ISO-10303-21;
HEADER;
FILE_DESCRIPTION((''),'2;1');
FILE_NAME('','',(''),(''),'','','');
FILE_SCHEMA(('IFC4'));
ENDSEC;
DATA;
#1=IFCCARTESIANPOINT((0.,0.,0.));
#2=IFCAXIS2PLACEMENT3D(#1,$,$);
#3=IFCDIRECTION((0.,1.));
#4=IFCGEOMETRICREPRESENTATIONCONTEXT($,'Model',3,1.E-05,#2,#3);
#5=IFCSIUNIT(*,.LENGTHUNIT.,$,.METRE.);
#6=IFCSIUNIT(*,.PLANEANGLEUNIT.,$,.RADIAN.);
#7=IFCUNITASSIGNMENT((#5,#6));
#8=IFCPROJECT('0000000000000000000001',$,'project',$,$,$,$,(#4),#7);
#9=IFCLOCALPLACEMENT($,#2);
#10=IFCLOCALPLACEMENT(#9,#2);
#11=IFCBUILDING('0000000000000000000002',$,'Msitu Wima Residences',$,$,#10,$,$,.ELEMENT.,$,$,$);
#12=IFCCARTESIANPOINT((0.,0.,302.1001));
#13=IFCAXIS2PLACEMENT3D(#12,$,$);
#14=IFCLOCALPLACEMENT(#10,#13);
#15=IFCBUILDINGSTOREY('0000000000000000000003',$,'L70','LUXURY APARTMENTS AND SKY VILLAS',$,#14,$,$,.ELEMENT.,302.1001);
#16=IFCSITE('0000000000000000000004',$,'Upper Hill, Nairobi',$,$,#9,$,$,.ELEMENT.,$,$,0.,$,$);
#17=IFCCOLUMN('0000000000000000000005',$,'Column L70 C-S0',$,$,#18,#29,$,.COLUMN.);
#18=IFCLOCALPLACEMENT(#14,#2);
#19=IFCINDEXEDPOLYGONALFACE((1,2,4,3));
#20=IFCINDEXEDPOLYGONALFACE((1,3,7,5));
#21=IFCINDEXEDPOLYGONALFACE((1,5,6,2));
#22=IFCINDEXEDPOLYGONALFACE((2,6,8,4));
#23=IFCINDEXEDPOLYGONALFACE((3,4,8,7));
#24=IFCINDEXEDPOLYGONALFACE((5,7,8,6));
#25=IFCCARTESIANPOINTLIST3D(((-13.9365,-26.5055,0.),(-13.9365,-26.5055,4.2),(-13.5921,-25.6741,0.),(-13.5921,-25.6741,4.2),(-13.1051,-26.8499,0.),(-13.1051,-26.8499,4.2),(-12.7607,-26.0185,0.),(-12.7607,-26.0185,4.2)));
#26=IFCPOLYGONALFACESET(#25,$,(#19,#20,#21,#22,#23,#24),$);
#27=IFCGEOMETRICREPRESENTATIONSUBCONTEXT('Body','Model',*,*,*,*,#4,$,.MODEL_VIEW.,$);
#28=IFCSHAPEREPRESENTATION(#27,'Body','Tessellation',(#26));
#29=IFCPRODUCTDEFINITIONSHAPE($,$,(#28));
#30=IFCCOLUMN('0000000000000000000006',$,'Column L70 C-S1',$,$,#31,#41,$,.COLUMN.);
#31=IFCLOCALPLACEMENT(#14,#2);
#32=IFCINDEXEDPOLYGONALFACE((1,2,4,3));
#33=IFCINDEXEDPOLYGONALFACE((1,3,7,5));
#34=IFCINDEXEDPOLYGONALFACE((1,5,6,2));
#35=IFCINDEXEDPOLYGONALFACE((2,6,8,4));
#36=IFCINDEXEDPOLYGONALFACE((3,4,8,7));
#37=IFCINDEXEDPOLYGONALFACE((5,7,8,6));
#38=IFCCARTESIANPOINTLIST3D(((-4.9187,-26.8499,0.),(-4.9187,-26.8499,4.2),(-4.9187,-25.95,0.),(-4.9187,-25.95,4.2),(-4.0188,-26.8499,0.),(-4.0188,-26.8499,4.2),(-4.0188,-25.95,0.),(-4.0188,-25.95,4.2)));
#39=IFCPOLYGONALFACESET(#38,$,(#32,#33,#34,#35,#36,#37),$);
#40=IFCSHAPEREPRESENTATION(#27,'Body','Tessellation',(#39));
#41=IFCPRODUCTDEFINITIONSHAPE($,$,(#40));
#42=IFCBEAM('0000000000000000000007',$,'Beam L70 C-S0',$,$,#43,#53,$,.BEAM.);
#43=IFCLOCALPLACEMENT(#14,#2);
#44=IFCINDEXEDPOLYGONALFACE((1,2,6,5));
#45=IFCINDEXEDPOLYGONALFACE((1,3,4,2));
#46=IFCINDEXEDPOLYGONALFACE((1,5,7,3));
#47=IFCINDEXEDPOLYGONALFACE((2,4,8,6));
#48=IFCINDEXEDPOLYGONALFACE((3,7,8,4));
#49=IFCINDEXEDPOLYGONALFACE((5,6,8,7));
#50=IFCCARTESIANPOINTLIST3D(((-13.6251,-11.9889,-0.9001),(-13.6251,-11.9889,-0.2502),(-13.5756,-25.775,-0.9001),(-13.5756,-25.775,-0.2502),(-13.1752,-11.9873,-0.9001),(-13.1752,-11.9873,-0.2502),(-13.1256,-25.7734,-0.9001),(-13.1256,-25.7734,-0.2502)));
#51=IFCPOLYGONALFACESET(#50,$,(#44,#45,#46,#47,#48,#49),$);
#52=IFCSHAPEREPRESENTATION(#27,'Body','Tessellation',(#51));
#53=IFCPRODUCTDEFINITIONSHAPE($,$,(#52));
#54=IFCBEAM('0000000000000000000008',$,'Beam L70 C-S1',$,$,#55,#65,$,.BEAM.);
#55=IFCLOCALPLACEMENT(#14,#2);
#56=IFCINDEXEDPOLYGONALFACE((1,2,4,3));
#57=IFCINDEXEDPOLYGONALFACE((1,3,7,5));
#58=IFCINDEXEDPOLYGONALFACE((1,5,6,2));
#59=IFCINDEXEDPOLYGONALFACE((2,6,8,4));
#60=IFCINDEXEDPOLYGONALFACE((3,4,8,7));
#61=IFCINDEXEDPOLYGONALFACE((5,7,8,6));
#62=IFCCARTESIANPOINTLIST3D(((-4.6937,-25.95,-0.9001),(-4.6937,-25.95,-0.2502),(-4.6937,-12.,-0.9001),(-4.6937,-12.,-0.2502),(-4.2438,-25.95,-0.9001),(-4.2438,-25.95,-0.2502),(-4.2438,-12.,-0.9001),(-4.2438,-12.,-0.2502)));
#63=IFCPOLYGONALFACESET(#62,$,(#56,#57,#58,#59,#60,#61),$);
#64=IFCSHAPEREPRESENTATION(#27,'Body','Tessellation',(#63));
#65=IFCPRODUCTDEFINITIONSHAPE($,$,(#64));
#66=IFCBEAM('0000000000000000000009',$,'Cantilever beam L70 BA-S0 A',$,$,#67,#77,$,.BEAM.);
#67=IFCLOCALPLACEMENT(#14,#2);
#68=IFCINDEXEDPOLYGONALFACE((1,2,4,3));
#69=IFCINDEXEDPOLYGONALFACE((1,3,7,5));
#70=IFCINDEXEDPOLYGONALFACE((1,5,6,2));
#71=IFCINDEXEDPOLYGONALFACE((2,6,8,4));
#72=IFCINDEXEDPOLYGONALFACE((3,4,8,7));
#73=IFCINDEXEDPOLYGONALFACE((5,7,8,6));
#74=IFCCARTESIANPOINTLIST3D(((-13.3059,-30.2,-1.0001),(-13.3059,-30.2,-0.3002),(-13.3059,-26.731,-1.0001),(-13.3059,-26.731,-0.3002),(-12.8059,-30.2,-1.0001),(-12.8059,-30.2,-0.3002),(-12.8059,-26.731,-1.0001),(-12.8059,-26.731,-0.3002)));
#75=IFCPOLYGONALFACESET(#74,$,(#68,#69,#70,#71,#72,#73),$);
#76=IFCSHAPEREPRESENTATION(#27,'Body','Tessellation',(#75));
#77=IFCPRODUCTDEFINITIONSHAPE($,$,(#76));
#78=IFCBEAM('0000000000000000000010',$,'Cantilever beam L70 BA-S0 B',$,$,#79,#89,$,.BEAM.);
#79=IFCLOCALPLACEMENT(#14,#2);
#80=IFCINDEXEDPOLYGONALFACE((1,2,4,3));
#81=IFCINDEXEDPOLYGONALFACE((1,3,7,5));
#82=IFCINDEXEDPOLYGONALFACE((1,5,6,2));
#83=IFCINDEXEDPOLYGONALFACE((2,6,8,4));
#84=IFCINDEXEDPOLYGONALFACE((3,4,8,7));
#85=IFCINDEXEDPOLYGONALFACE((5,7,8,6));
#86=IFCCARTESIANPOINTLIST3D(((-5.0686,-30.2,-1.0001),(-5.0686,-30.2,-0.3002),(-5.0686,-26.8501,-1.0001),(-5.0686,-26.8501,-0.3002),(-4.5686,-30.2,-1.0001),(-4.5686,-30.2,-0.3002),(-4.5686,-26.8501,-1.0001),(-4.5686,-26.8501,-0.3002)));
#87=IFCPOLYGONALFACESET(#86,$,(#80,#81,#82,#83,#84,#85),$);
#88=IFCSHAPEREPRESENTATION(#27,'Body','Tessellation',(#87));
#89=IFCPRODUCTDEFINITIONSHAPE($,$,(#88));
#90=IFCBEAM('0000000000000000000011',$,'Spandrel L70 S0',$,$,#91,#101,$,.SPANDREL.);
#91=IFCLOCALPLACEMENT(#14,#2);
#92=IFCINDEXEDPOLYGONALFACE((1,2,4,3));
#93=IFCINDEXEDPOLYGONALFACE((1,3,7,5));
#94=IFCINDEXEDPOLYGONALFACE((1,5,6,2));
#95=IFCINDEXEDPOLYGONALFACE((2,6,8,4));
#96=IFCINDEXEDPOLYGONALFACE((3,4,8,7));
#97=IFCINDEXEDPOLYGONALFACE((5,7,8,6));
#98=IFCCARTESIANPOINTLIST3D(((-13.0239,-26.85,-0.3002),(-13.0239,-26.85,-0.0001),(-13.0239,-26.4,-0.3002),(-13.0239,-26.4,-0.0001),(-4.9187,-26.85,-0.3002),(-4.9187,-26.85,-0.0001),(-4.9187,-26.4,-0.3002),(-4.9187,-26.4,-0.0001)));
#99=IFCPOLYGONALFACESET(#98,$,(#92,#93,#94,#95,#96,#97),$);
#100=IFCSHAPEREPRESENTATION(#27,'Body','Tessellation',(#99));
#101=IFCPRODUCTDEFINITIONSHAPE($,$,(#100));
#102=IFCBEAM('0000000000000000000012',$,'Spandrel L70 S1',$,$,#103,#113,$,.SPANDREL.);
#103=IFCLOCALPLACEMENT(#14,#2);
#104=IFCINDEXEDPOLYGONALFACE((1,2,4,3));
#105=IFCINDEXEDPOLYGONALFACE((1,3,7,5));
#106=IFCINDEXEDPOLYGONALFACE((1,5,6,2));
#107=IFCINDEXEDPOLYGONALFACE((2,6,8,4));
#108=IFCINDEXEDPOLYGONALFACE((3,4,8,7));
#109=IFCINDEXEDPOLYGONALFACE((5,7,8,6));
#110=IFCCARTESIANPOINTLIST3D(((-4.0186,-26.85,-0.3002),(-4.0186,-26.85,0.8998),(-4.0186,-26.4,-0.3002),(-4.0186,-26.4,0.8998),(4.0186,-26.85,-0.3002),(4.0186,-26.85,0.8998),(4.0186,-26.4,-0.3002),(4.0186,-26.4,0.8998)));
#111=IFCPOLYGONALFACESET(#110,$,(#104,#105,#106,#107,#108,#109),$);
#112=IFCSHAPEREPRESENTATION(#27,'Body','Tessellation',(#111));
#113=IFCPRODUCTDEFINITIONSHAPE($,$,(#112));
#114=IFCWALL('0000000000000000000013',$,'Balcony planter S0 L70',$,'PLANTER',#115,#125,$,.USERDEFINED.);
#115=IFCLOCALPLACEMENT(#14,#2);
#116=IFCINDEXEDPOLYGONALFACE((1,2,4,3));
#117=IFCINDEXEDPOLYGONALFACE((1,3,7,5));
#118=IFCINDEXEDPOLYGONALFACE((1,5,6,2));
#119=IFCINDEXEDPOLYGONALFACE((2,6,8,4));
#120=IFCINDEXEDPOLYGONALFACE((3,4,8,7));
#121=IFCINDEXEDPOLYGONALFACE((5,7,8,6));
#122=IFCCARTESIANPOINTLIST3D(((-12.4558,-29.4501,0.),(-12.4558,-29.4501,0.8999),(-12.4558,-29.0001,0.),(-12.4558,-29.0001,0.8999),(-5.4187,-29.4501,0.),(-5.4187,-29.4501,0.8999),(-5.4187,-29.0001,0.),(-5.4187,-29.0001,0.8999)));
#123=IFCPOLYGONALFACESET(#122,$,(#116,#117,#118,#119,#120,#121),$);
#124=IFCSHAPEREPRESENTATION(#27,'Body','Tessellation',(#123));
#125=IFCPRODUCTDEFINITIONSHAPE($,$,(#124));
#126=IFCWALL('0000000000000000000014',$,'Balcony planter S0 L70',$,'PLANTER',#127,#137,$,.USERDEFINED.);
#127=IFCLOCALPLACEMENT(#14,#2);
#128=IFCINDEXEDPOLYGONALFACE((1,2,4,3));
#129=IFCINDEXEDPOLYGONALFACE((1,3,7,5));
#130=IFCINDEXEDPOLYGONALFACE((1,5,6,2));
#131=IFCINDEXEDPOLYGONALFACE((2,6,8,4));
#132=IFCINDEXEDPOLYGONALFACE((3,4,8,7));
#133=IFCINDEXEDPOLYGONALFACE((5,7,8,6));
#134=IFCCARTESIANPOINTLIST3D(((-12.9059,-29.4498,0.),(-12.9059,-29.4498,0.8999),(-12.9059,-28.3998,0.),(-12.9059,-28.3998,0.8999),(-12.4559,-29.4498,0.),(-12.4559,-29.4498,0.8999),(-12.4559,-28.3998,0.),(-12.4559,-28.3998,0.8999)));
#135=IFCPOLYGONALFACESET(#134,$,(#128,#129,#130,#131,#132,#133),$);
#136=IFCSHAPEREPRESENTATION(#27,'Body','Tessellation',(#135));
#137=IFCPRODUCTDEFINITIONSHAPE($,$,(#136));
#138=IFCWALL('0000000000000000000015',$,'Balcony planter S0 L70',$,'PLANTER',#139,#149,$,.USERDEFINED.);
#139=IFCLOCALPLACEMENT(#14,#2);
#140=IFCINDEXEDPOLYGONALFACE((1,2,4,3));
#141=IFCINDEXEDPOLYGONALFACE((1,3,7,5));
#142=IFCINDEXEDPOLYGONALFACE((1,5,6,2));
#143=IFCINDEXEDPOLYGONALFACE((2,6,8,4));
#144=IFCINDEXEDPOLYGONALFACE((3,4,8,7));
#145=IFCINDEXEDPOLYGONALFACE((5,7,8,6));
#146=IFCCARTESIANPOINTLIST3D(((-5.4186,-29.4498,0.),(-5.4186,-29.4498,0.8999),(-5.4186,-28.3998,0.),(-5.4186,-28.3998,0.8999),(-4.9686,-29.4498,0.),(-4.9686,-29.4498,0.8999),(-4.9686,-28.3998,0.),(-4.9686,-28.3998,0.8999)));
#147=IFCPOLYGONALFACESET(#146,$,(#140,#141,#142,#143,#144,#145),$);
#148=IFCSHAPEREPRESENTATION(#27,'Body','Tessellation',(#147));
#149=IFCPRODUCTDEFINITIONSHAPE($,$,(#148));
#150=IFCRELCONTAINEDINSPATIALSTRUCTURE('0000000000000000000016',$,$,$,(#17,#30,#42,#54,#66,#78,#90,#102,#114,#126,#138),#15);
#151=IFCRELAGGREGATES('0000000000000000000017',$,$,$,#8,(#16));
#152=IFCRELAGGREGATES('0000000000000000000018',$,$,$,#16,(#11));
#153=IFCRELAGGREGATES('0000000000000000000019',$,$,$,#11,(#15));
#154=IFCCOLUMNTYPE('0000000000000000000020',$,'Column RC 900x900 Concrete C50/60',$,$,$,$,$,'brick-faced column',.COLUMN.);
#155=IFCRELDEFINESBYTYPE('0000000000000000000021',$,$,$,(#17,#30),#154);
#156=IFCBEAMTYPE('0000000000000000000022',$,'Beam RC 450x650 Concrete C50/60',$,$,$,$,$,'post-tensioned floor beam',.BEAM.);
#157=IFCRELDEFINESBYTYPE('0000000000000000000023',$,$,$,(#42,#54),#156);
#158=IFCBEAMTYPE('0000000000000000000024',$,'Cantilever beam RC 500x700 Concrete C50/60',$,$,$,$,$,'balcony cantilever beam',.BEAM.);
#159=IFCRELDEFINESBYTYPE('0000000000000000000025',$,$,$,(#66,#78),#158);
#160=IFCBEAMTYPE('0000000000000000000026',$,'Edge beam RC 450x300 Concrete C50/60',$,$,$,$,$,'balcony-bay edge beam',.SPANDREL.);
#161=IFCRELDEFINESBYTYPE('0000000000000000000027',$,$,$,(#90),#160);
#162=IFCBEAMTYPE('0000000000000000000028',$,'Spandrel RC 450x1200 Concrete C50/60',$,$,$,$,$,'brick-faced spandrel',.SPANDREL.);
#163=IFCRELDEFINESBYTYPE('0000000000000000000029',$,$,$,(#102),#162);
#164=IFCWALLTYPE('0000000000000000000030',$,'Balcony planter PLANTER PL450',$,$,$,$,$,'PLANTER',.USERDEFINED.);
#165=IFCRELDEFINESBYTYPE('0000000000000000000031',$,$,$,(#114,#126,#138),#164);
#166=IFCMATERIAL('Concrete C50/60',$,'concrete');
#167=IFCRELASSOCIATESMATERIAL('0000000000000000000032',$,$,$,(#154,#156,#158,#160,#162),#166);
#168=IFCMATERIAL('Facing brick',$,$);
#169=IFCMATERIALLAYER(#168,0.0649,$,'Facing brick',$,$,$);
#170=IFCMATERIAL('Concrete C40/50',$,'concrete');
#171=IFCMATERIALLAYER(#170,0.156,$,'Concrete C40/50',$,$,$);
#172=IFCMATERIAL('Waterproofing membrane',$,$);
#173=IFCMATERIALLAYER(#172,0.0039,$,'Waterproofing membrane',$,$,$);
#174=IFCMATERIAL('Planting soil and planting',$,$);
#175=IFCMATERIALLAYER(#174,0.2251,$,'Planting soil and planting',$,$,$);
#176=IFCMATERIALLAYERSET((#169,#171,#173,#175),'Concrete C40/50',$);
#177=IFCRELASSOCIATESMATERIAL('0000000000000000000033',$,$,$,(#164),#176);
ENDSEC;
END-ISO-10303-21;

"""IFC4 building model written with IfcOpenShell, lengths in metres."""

from ifc_helpers import new_model, si_unit, direction, frame, frame_2d, origin, origin_2d, place, context, subcontext, project, spatial, rectangle, extrude, material, layer, layer_set, material_profile, profile_set, type_object, element, save


model = new_model("IFC4")

# Units and contexts
model_context = context("Model", 3, precision=1e-05, world=origin(), true_north=direction((0.0, 1.0)))
body_context = subcontext(model_context, "Body", "Model", "MODEL_VIEW")
ifc_project = project(units=[si_unit("LENGTHUNIT", "METRE"), si_unit("PLANEANGLEUNIT", "RADIAN")], contexts=[model_context])

# Site, building, storey
site_placement = place(None, origin())
site = spatial("IfcSite", under=ifc_project, at=site_placement, Name="Upper Hill, Nairobi", CompositionType="ELEMENT", RefElevation=0.0)
building_placement = place(site_placement, origin())
building = spatial("IfcBuilding", under=site, at=building_placement, Name="Msitu Wima Residences", CompositionType="ELEMENT")
storey_placement = place(building_placement, frame((0.0, 0.0, 302.1001)))
storey = spatial("IfcBuildingStorey", under=building, at=storey_placement, Name="L70", Description="LUXURY APARTMENTS AND SKY VILLAS", CompositionType="ELEMENT", Elevation=302.1001)

# Columns
ifc_material_1 = material(Name="Concrete C50/60", Category="concrete")
ifc_material_profile_1 = material_profile(ifc_material_1, rectangle(XDim=0.8999, YDim=0.8999, at=origin_2d()), Name="RC 900x900")
ifc_profile_set_1 = profile_set([ifc_material_profile_1], Name="Concrete C50/60")
column_type = type_object("IfcColumnType", Name="Column RC 900x900 Concrete C50/60", ElementType="brick-faced column", PredefinedType="COLUMN", material=ifc_profile_set_1)
for number, where, z_axis, x_axis, name in (
    (1, (-13.3486, -26.262, 0.0), (0.0, 0.0, 1.0), (0.92388, -0.382683, 0.0), "Column L70 C-S0"),
    (2, (-4.4688, -26.3999, 0.0), (0.0, 0.0, 1.0), (1.0, 0.0, 0.0), "Column L70 C-S1"),
):
    element("IfcColumn", number, at=place(storey_placement, frame(where, z_axis=z_axis, x_axis=x_axis)), inside=storey, type_object=column_type, Name=name, PredefinedType="COLUMN", context=body_context, shape_type="SweptSolid", body=[
        extrude(rectangle(XDim=0.8999, YDim=0.8999, at=origin_2d()), origin(), (0.0, 0.0, 1.0), 4.2),
    ])

# Beams
ifc_material_profile_2 = material_profile(ifc_material_1, rectangle(XDim=0.45, YDim=0.6499, at=origin_2d()), Name="RC 450x650")
ifc_profile_set_2 = profile_set([ifc_material_profile_2], Name="Concrete C50/60")
beam_type_1 = type_object("IfcBeamType", Name="Beam RC 450x650 Concrete C50/60", ElementType="post-tensioned floor beam", PredefinedType="BEAM", material=ifc_profile_set_2)
beam_1_placement = place(storey_placement, frame((-13.3506, -25.7742, -0.5752), z_axis=(-0.003595, 0.999994, 0.0), x_axis=(-0.999994, -0.003595, 0.0)))
element("IfcBeam", 3, at=beam_1_placement, inside=storey, type_object=beam_type_1, Name="Beam L70 C-S0", PredefinedType="BEAM", context=body_context, shape_type="SweptSolid", body=[
    extrude(rectangle(XDim=0.45, YDim=0.6499, at=origin_2d()), origin(), (0.0, 0.0, 1.0), 13.7861),
])
beam_2_placement = place(storey_placement, frame((-4.4688, -25.95, -0.5752), z_axis=(0.0, 1.0, 0.0), x_axis=(-1.0, 0.0, 0.0)))
element("IfcBeam", 4, at=beam_2_placement, inside=storey, type_object=beam_type_1, Name="Beam L70 C-S1", PredefinedType="BEAM", context=body_context, shape_type="SweptSolid", body=[
    extrude(rectangle(XDim=0.45, YDim=0.6499, at=origin_2d()), origin(), (0.0, 0.0, 1.0), 13.95),
])
ifc_material_profile_3 = material_profile(ifc_material_1, rectangle(XDim=0.5, YDim=0.7, at=origin_2d()), Name="RC 500x700")
ifc_profile_set_3 = profile_set([ifc_material_profile_3], Name="Concrete C50/60")
beam_type_2 = type_object("IfcBeamType", Name="Cantilever beam RC 500x700 Concrete C50/60", ElementType="balcony cantilever beam", PredefinedType="BEAM", material=ifc_profile_set_3)
beam_3_placement = place(storey_placement, frame((-13.0559, -26.731, -0.6501), z_axis=(0.0, -1.0, 0.0), x_axis=(1.0, 0.0, 0.0)))
element("IfcBeam", 5, at=beam_3_placement, inside=storey, type_object=beam_type_2, Name="Cantilever beam L70 BA-S0 A", PredefinedType="BEAM", context=body_context, shape_type="SweptSolid", body=[
    extrude(rectangle(XDim=0.5, YDim=0.7, at=origin_2d()), origin(), (0.0, 0.0, 1.0), 3.469),
])
beam_4_placement = place(storey_placement, frame((-4.8186, -26.8501, -0.6501), z_axis=(0.0, -1.0, 0.0), x_axis=(1.0, 0.0, 0.0)))
element("IfcBeam", 6, at=beam_4_placement, inside=storey, type_object=beam_type_2, Name="Cantilever beam L70 BA-S0 B", PredefinedType="BEAM", context=body_context, shape_type="SweptSolid", body=[
    extrude(rectangle(XDim=0.5, YDim=0.7, at=origin_2d()), origin(), (0.0, 0.0, 1.0), 3.3499),
])
ifc_material_profile_4 = material_profile(ifc_material_1, rectangle(XDim=0.45, YDim=0.3, at=origin_2d()), Name="RC 450x300")
ifc_profile_set_4 = profile_set([ifc_material_profile_4], Name="Concrete C50/60")
beam_type_3 = type_object("IfcBeamType", Name="Edge beam RC 450x300 Concrete C50/60", ElementType="balcony-bay edge beam", PredefinedType="SPANDREL", material=ifc_profile_set_4)
beam_5_placement = place(storey_placement, frame((-13.0239, -26.625, -0.1501), z_axis=(1.0, 0.0, 0.0), x_axis=(0.0, 1.0, 0.0)))
element("IfcBeam", 7, at=beam_5_placement, inside=storey, type_object=beam_type_3, Name="Spandrel L70 S0", PredefinedType="SPANDREL", context=body_context, shape_type="SweptSolid", body=[
    extrude(rectangle(XDim=0.45, YDim=0.3, at=origin_2d()), origin(), (0.0, 0.0, 1.0), 8.1052),
])
ifc_material_profile_5 = material_profile(ifc_material_1, rectangle(XDim=0.45, YDim=1.2, at=origin_2d()), Name="RC 450x1200")
ifc_profile_set_5 = profile_set([ifc_material_profile_5], Name="Concrete C50/60")
beam_type_4 = type_object("IfcBeamType", Name="Spandrel RC 450x1200 Concrete C50/60", ElementType="brick-faced spandrel", PredefinedType="SPANDREL", material=ifc_profile_set_5)
beam_6_placement = place(storey_placement, frame((-4.0186, -26.625, 0.2998), z_axis=(1.0, 0.0, 0.0), x_axis=(0.0, 1.0, 0.0)))
element("IfcBeam", 8, at=beam_6_placement, inside=storey, type_object=beam_type_4, Name="Spandrel L70 S1", PredefinedType="SPANDREL", context=body_context, shape_type="SweptSolid", body=[
    extrude(rectangle(XDim=0.45, YDim=1.2, at=origin_2d()), origin(), (0.0, 0.0, 1.0), 8.0371),
])

# Walls
ifc_material_2 = material(Name="Facing brick")
ifc_layer_1 = layer(ifc_material_2, 0.0649, Name="Facing brick")
ifc_material_3 = material(Name="Concrete C40/50", Category="concrete")
ifc_layer_2 = layer(ifc_material_3, 0.156, Name="Concrete C40/50")
ifc_material_4 = material(Name="Waterproofing membrane")
ifc_layer_3 = layer(ifc_material_4, 0.0039, Name="Waterproofing membrane")
ifc_material_5 = material(Name="Planting soil and planting")
ifc_layer_4 = layer(ifc_material_5, 0.2251, Name="Planting soil and planting")
ifc_layer_set_1 = layer_set([ifc_layer_1, ifc_layer_2, ifc_layer_3, ifc_layer_4], Name="Concrete C40/50")
wall_type_1 = type_object("IfcWallType", Name="Balcony planter PLANTER PL450", ElementType="PLANTER", PredefinedType="USERDEFINED", material=ifc_layer_set_1)
wall_1_placement = place(storey_placement, frame((-12.4558, -29.2251, 0.0), z_axis=(0.0, 0.0, 1.0), x_axis=(1.0, 0.0, 0.0)))
element("IfcWall", 9, at=wall_1_placement, inside=storey, type_object=wall_type_1, Name="Balcony planter S0 L70", ObjectType="PLANTER", PredefinedType="USERDEFINED", context=body_context, shape_type="SweptSolid", body=[
    extrude(rectangle(XDim=7.0371, YDim=0.45, at=frame_2d((3.5186, 0.0))), origin(), (0.0, 0.0, 1.0), 0.8999),
])
for number, where, z_axis, x_axis, name in (
    (10, (-12.6809, -28.3999, 0.0), (0.0, 0.0, 1.0), (0.0, -1.0, 0.0), "Balcony planter S0 L70"),
    (11, (-5.1936, -28.3999, 0.0), (0.0, 0.0, 1.0), (0.0, -1.0, 0.0), "Balcony planter S0 L70"),
):
    element("IfcWall", number, at=place(storey_placement, frame(where, z_axis=z_axis, x_axis=x_axis)), inside=storey, type_object=wall_type_1, Name=name, ObjectType="PLANTER", PredefinedType="USERDEFINED", context=body_context, shape_type="SweptSolid", body=[
        extrude(rectangle(XDim=1.05, YDim=0.45, at=frame_2d((0.5249, 0.0))), origin(), (0.0, 0.0, 1.0), 0.8999),
    ])

save(model, "model.ifc")
